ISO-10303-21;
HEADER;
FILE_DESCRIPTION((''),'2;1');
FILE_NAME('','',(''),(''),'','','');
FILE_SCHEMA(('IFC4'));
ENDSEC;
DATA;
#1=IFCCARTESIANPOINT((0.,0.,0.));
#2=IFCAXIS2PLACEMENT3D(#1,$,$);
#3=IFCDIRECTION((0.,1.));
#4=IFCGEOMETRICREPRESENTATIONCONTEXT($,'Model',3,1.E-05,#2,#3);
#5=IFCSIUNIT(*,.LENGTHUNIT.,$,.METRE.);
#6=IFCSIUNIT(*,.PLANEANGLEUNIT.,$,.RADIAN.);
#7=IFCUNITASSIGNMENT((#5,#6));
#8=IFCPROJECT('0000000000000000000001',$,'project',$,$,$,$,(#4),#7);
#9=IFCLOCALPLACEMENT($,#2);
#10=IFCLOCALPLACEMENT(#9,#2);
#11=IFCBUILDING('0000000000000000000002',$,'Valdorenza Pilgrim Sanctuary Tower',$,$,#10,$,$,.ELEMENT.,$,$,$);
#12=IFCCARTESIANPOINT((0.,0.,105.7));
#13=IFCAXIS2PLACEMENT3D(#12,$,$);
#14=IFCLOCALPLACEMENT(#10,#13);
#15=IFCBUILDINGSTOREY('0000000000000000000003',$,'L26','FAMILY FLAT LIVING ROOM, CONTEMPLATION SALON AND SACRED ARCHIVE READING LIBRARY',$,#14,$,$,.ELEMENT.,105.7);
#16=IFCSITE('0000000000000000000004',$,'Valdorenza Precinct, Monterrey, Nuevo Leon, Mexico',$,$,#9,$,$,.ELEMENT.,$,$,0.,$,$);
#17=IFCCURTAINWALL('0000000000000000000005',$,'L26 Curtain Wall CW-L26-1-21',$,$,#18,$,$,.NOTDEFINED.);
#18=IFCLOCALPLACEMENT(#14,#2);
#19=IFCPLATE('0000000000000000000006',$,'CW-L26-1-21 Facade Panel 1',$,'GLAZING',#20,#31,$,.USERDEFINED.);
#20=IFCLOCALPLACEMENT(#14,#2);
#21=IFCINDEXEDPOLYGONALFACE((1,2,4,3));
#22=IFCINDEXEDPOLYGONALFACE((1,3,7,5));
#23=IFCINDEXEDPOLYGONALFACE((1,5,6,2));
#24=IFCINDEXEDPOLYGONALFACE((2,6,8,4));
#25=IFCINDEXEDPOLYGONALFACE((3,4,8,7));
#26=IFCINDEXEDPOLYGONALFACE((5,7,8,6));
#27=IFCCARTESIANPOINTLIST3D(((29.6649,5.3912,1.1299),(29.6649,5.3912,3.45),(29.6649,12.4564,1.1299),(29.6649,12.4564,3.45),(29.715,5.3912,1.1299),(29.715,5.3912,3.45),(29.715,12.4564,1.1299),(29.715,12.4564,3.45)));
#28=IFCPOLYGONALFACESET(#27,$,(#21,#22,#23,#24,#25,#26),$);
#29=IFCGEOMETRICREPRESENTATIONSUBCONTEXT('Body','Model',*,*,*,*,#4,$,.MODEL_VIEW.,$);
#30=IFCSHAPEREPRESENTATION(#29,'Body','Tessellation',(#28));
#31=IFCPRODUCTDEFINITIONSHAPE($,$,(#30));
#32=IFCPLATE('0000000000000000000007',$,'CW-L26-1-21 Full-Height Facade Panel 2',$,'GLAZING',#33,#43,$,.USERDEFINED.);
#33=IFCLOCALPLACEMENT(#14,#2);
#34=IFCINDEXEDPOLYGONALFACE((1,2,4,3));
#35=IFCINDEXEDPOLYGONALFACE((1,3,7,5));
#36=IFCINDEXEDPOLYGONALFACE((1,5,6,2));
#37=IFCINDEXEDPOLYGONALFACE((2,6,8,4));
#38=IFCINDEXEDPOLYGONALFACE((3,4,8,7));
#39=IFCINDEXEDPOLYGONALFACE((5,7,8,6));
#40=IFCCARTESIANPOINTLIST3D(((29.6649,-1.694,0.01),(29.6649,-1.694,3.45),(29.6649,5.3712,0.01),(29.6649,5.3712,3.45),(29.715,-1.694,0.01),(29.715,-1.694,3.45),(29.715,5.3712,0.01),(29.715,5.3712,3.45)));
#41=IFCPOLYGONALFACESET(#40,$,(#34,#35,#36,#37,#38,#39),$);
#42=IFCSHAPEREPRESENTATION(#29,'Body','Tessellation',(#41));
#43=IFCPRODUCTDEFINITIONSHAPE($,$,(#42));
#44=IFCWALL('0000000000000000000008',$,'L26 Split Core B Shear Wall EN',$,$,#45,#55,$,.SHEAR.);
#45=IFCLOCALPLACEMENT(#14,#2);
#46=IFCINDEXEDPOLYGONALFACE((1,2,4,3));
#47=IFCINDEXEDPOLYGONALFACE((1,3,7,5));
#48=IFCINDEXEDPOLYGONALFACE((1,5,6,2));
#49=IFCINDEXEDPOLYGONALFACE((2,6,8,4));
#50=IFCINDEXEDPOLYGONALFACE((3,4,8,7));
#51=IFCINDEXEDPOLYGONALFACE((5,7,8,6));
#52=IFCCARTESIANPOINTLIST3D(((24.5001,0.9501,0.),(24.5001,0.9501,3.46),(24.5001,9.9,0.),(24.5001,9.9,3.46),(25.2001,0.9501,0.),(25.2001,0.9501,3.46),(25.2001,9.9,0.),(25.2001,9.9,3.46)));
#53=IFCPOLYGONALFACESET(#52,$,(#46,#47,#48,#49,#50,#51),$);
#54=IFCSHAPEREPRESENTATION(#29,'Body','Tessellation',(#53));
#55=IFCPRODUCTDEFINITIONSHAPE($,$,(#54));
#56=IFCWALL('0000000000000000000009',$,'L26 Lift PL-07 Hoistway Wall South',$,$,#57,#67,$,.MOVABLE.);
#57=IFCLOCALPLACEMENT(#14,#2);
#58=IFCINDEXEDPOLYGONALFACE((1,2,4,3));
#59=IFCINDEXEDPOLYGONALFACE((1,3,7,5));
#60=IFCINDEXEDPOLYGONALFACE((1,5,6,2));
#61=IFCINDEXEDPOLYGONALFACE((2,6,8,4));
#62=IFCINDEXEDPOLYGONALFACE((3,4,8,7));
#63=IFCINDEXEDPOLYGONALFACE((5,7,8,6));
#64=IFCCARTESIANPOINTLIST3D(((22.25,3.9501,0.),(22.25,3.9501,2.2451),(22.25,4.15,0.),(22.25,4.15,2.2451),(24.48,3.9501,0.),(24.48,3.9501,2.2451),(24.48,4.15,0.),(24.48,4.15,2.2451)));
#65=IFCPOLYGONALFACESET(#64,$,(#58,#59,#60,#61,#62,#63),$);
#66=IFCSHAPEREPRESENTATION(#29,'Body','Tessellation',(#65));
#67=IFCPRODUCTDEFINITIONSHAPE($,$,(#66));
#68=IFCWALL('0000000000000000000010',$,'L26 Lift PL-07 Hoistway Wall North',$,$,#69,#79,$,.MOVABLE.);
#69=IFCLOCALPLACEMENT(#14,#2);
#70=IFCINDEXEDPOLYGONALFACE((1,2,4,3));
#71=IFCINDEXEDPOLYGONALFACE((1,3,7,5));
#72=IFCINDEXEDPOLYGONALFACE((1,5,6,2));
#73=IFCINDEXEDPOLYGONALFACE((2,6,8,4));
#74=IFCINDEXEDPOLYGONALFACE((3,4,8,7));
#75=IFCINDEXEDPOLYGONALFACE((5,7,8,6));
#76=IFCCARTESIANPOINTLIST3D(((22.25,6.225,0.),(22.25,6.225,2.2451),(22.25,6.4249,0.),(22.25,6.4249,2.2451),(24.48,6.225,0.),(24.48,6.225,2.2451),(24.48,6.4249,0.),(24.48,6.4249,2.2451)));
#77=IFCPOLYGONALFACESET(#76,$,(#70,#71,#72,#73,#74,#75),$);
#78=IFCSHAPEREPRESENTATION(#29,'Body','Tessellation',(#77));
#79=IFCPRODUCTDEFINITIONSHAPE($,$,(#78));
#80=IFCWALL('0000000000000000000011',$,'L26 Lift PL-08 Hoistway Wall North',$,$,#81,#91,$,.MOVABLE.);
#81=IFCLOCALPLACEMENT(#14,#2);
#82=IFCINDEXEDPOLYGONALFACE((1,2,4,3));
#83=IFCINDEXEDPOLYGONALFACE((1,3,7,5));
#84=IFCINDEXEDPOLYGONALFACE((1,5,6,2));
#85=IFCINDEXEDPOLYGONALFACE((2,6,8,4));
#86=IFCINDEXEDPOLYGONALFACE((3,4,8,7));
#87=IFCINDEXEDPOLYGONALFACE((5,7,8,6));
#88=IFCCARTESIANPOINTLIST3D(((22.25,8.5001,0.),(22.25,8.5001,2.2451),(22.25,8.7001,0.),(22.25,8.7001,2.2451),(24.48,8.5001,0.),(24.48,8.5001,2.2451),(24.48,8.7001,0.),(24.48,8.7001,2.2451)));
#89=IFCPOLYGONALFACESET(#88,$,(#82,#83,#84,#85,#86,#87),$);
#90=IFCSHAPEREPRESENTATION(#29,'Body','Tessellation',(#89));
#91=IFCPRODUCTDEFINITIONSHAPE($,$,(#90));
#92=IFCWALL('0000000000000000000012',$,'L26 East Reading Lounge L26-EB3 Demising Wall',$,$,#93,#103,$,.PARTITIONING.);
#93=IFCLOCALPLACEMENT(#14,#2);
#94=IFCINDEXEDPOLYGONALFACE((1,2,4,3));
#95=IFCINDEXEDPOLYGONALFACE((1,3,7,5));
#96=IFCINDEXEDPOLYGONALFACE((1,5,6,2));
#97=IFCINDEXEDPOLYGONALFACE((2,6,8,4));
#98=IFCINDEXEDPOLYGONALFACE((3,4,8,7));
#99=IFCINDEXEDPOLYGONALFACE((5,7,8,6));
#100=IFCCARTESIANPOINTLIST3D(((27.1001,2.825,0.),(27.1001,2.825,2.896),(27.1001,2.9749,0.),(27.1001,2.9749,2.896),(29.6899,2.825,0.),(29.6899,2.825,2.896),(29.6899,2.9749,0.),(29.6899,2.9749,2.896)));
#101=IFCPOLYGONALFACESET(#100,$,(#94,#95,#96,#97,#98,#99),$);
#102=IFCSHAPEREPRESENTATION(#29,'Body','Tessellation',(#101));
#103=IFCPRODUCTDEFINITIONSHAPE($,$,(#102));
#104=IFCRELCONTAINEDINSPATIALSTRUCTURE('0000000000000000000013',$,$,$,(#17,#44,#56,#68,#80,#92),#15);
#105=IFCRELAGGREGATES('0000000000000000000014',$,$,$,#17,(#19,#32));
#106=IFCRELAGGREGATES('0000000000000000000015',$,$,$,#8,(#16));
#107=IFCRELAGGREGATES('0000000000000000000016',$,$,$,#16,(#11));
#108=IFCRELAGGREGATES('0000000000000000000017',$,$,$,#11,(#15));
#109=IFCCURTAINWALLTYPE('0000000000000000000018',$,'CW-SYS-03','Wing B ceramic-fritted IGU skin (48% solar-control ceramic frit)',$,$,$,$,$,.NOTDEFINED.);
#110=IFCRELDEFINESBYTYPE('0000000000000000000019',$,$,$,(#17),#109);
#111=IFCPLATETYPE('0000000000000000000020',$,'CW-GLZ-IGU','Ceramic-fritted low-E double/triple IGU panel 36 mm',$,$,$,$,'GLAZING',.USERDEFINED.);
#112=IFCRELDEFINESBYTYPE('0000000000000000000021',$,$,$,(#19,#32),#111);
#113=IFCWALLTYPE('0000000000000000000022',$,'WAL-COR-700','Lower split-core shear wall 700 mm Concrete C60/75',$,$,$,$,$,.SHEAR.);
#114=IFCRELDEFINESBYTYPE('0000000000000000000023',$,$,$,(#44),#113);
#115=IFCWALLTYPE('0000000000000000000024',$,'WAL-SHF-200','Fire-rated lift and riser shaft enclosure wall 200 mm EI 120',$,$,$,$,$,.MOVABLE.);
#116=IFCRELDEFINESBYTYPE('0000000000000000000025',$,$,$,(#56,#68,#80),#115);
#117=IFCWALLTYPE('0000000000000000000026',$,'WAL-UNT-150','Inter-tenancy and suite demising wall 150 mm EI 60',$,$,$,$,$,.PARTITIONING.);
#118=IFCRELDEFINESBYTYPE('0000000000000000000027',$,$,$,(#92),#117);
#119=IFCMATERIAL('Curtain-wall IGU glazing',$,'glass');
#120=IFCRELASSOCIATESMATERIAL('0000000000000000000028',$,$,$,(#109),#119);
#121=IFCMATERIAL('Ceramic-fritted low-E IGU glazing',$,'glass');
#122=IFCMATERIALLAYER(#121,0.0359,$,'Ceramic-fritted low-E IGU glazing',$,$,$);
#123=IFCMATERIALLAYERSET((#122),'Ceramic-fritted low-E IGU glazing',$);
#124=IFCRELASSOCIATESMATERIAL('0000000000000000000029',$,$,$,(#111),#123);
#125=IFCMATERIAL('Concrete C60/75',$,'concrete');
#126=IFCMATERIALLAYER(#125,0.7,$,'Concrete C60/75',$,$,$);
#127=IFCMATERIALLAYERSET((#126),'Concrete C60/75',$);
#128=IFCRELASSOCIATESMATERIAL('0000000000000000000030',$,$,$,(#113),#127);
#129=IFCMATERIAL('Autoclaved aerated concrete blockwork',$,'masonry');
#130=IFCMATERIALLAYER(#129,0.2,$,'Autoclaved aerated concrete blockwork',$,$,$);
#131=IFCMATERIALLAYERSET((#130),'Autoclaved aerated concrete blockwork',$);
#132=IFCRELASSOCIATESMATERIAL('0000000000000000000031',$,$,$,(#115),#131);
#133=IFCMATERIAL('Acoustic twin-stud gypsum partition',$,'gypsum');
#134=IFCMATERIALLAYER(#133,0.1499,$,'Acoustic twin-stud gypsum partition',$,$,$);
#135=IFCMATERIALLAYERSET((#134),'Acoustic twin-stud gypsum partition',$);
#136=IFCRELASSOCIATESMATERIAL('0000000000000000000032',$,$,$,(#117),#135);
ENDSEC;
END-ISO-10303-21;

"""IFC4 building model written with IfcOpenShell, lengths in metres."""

from ifc_helpers import new_model, si_unit, direction, frame, frame_2d, origin, origin_2d, place, context, subcontext, project, spatial, rectangle, extrude, source, transform, mapped, material, layer, layer_set, type_object, element, aggregate, save


model = new_model("IFC4")

# Units and contexts
model_context = context("Model", 3, precision=1e-05, world=origin(), true_north=direction((0.0, 1.0)))
body_context = subcontext(model_context, "Body", "Model", "MODEL_VIEW")
ifc_project = project(units=[si_unit("LENGTHUNIT", "METRE"), si_unit("PLANEANGLEUNIT", "RADIAN")], contexts=[model_context])

# Site, building, storey
site_placement = place(None, origin())
site = spatial("IfcSite", under=ifc_project, at=site_placement, Name="Valdorenza Precinct, Monterrey, Nuevo Leon, Mexico", CompositionType="ELEMENT", RefElevation=0.0)
building_placement = place(site_placement, origin())
building = spatial("IfcBuilding", under=site, at=building_placement, Name="Valdorenza Pilgrim Sanctuary Tower", CompositionType="ELEMENT")
storey_placement = place(building_placement, frame((0.0, 0.0, 105.7)))
storey = spatial("IfcBuildingStorey", under=building, at=storey_placement, Name="L26", Description="FAMILY FLAT LIVING ROOM, CONTEMPLATION SALON AND SACRED ARCHIVE READING LIBRARY", CompositionType="ELEMENT", Elevation=105.7)

# Curtain wall, plates
ifc_material_1 = material(Name="Curtain-wall IGU glazing", Category="glass")
curtain_wall_type = type_object("IfcCurtainWallType", Name="CW-SYS-03", Description="Wing B ceramic-fritted IGU skin (48% solar-control ceramic frit)", PredefinedType="NOTDEFINED", material=ifc_material_1)
curtain_wall_placement = place(storey_placement, origin())
curtain_wall = element("IfcCurtainWall", 1, at=curtain_wall_placement, inside=storey, type_object=curtain_wall_type, Name="L26 Curtain Wall CW-L26-1-21", PredefinedType="NOTDEFINED")
ifc_material_2 = material(Name="Ceramic-fritted low-E IGU glazing", Category="glass")
ifc_layer_1 = layer(ifc_material_2, 0.0359, Name="Ceramic-fritted low-E IGU glazing")
ifc_layer_set_1 = layer_set([ifc_layer_1], Name="Ceramic-fritted low-E IGU glazing")
plate_type_1 = type_object("IfcPlateType", Name="CW-GLZ-IGU", Description="Ceramic-fritted low-E double/triple IGU panel 36 mm", ElementType="GLAZING", PredefinedType="USERDEFINED", material=ifc_layer_set_1)
shared_shape_1 = source(origin(), body_context, "Body", "SweptSolid", [
    extrude(rectangle(XDim=7.0652, YDim=0.05, at=origin_2d()), origin(), (0.0, 0.0, 1.0), 2.3201),
])
plate_1_placement = place(storey_placement, frame((29.6899, 8.9238, 1.1299), z_axis=(0.0, 0.0, 1.0), x_axis=(0.0, -1.0, 0.0)))
plate_1 = element("IfcPlate", 2, at=plate_1_placement, type_object=plate_type_1, Name="CW-L26-1-21 Facade Panel 1", ObjectType="GLAZING", PredefinedType="USERDEFINED", context=body_context, shape_type="MappedRepresentation", body=[
    mapped(shared_shape_1, transform((0.0, 0.0, 0.0), x_axis=(1.0, 0.0, 0.0), y_axis=(0.0, 1.0, 0.0), z_axis=(0.0, 0.0, 1.0), scale=1.0)),
])
shared_shape_2 = source(origin(), body_context, "Body", "SweptSolid", [
    extrude(rectangle(XDim=7.0652, YDim=0.05, at=origin_2d()), origin(), (0.0, 0.0, 1.0), 3.4399),
])
plate_2_placement = place(storey_placement, frame((29.6899, 1.8386, 0.01), z_axis=(0.0, 0.0, 1.0), x_axis=(0.0, -1.0, 0.0)))
plate_2 = element("IfcPlate", 3, at=plate_2_placement, type_object=plate_type_1, Name="CW-L26-1-21 Full-Height Facade Panel 2", ObjectType="GLAZING", PredefinedType="USERDEFINED", context=body_context, shape_type="MappedRepresentation", body=[
    mapped(shared_shape_2, transform((0.0, 0.0, 0.0), x_axis=(1.0, 0.0, 0.0), y_axis=(0.0, 1.0, 0.0), z_axis=(0.0, 0.0, 1.0), scale=1.0)),
])
aggregate(curtain_wall, [plate_1, plate_2])

# Walls
ifc_material_3 = material(Name="Concrete C60/75", Category="concrete")
ifc_layer_2 = layer(ifc_material_3, 0.7, Name="Concrete C60/75")
ifc_layer_set_2 = layer_set([ifc_layer_2], Name="Concrete C60/75")
wall_type_1 = type_object("IfcWallType", Name="WAL-COR-700", Description="Lower split-core shear wall 700 mm Concrete C60/75", PredefinedType="SHEAR", material=ifc_layer_set_2)
wall_1_placement = place(storey_placement, frame((24.8501, 0.95, 0.0), z_axis=(0.0, 0.0, 1.0), x_axis=(0.0, 1.0, 0.0)))
element("IfcWall", 4, at=wall_1_placement, inside=storey, type_object=wall_type_1, Name="L26 Split Core B Shear Wall EN", PredefinedType="SHEAR", context=body_context, shape_type="SweptSolid", body=[
    extrude(rectangle(XDim=8.95, YDim=0.7, at=frame_2d((4.4751, 0.0))), origin(), (0.0, 0.0, 1.0), 3.46),
])
ifc_material_4 = material(Name="Autoclaved aerated concrete blockwork", Category="masonry")
ifc_layer_3 = layer(ifc_material_4, 0.2, Name="Autoclaved aerated concrete blockwork")
ifc_layer_set_3 = layer_set([ifc_layer_3], Name="Autoclaved aerated concrete blockwork")
wall_type_2 = type_object("IfcWallType", Name="WAL-SHF-200", Description="Fire-rated lift and riser shaft enclosure wall 200 mm EI 120", PredefinedType="MOVABLE", material=ifc_layer_set_3)
for number, where, z_axis, x_axis, name in (
    (5, (22.25, 4.05, 0.0), (0.0, 0.0, 1.0), (1.0, 0.0, 0.0), "L26 Lift PL-07 Hoistway Wall South"),
    (6, (22.25, 6.325, 0.0), (0.0, 0.0, 1.0), (1.0, 0.0, 0.0), "L26 Lift PL-07 Hoistway Wall North"),
    (7, (22.25, 8.6001, 0.0), (0.0, 0.0, 1.0), (1.0, 0.0, 0.0), "L26 Lift PL-08 Hoistway Wall North"),
):
    element("IfcWall", number, at=place(storey_placement, frame(where, z_axis=z_axis, x_axis=x_axis)), inside=storey, type_object=wall_type_2, Name=name, PredefinedType="MOVABLE", context=body_context, shape_type="SweptSolid", body=[
        extrude(rectangle(XDim=2.23, YDim=0.2, at=frame_2d((1.115, 0.0))), origin(), (0.0, 0.0, 1.0), 2.2451),
    ])
ifc_material_5 = material(Name="Acoustic twin-stud gypsum partition", Category="gypsum")
ifc_layer_4 = layer(ifc_material_5, 0.1499, Name="Acoustic twin-stud gypsum partition")
ifc_layer_set_4 = layer_set([ifc_layer_4], Name="Acoustic twin-stud gypsum partition")
wall_type_3 = type_object("IfcWallType", Name="WAL-UNT-150", Description="Inter-tenancy and suite demising wall 150 mm EI 60", PredefinedType="PARTITIONING", material=ifc_layer_set_4)
wall_2_placement = place(storey_placement, frame((27.1001, 2.8999, 0.0), z_axis=(0.0, 0.0, 1.0), x_axis=(1.0, 0.0, 0.0)))
element("IfcWall", 8, at=wall_2_placement, inside=storey, type_object=wall_type_3, Name="L26 East Reading Lounge L26-EB3 Demising Wall", PredefinedType="PARTITIONING", context=body_context, shape_type="SweptSolid", body=[
    extrude(rectangle(XDim=2.5898, YDim=0.1499, at=frame_2d((1.2949, 0.0))), origin(), (0.0, 0.0, 1.0), 2.896),
])

save(model, "model.ifc")
